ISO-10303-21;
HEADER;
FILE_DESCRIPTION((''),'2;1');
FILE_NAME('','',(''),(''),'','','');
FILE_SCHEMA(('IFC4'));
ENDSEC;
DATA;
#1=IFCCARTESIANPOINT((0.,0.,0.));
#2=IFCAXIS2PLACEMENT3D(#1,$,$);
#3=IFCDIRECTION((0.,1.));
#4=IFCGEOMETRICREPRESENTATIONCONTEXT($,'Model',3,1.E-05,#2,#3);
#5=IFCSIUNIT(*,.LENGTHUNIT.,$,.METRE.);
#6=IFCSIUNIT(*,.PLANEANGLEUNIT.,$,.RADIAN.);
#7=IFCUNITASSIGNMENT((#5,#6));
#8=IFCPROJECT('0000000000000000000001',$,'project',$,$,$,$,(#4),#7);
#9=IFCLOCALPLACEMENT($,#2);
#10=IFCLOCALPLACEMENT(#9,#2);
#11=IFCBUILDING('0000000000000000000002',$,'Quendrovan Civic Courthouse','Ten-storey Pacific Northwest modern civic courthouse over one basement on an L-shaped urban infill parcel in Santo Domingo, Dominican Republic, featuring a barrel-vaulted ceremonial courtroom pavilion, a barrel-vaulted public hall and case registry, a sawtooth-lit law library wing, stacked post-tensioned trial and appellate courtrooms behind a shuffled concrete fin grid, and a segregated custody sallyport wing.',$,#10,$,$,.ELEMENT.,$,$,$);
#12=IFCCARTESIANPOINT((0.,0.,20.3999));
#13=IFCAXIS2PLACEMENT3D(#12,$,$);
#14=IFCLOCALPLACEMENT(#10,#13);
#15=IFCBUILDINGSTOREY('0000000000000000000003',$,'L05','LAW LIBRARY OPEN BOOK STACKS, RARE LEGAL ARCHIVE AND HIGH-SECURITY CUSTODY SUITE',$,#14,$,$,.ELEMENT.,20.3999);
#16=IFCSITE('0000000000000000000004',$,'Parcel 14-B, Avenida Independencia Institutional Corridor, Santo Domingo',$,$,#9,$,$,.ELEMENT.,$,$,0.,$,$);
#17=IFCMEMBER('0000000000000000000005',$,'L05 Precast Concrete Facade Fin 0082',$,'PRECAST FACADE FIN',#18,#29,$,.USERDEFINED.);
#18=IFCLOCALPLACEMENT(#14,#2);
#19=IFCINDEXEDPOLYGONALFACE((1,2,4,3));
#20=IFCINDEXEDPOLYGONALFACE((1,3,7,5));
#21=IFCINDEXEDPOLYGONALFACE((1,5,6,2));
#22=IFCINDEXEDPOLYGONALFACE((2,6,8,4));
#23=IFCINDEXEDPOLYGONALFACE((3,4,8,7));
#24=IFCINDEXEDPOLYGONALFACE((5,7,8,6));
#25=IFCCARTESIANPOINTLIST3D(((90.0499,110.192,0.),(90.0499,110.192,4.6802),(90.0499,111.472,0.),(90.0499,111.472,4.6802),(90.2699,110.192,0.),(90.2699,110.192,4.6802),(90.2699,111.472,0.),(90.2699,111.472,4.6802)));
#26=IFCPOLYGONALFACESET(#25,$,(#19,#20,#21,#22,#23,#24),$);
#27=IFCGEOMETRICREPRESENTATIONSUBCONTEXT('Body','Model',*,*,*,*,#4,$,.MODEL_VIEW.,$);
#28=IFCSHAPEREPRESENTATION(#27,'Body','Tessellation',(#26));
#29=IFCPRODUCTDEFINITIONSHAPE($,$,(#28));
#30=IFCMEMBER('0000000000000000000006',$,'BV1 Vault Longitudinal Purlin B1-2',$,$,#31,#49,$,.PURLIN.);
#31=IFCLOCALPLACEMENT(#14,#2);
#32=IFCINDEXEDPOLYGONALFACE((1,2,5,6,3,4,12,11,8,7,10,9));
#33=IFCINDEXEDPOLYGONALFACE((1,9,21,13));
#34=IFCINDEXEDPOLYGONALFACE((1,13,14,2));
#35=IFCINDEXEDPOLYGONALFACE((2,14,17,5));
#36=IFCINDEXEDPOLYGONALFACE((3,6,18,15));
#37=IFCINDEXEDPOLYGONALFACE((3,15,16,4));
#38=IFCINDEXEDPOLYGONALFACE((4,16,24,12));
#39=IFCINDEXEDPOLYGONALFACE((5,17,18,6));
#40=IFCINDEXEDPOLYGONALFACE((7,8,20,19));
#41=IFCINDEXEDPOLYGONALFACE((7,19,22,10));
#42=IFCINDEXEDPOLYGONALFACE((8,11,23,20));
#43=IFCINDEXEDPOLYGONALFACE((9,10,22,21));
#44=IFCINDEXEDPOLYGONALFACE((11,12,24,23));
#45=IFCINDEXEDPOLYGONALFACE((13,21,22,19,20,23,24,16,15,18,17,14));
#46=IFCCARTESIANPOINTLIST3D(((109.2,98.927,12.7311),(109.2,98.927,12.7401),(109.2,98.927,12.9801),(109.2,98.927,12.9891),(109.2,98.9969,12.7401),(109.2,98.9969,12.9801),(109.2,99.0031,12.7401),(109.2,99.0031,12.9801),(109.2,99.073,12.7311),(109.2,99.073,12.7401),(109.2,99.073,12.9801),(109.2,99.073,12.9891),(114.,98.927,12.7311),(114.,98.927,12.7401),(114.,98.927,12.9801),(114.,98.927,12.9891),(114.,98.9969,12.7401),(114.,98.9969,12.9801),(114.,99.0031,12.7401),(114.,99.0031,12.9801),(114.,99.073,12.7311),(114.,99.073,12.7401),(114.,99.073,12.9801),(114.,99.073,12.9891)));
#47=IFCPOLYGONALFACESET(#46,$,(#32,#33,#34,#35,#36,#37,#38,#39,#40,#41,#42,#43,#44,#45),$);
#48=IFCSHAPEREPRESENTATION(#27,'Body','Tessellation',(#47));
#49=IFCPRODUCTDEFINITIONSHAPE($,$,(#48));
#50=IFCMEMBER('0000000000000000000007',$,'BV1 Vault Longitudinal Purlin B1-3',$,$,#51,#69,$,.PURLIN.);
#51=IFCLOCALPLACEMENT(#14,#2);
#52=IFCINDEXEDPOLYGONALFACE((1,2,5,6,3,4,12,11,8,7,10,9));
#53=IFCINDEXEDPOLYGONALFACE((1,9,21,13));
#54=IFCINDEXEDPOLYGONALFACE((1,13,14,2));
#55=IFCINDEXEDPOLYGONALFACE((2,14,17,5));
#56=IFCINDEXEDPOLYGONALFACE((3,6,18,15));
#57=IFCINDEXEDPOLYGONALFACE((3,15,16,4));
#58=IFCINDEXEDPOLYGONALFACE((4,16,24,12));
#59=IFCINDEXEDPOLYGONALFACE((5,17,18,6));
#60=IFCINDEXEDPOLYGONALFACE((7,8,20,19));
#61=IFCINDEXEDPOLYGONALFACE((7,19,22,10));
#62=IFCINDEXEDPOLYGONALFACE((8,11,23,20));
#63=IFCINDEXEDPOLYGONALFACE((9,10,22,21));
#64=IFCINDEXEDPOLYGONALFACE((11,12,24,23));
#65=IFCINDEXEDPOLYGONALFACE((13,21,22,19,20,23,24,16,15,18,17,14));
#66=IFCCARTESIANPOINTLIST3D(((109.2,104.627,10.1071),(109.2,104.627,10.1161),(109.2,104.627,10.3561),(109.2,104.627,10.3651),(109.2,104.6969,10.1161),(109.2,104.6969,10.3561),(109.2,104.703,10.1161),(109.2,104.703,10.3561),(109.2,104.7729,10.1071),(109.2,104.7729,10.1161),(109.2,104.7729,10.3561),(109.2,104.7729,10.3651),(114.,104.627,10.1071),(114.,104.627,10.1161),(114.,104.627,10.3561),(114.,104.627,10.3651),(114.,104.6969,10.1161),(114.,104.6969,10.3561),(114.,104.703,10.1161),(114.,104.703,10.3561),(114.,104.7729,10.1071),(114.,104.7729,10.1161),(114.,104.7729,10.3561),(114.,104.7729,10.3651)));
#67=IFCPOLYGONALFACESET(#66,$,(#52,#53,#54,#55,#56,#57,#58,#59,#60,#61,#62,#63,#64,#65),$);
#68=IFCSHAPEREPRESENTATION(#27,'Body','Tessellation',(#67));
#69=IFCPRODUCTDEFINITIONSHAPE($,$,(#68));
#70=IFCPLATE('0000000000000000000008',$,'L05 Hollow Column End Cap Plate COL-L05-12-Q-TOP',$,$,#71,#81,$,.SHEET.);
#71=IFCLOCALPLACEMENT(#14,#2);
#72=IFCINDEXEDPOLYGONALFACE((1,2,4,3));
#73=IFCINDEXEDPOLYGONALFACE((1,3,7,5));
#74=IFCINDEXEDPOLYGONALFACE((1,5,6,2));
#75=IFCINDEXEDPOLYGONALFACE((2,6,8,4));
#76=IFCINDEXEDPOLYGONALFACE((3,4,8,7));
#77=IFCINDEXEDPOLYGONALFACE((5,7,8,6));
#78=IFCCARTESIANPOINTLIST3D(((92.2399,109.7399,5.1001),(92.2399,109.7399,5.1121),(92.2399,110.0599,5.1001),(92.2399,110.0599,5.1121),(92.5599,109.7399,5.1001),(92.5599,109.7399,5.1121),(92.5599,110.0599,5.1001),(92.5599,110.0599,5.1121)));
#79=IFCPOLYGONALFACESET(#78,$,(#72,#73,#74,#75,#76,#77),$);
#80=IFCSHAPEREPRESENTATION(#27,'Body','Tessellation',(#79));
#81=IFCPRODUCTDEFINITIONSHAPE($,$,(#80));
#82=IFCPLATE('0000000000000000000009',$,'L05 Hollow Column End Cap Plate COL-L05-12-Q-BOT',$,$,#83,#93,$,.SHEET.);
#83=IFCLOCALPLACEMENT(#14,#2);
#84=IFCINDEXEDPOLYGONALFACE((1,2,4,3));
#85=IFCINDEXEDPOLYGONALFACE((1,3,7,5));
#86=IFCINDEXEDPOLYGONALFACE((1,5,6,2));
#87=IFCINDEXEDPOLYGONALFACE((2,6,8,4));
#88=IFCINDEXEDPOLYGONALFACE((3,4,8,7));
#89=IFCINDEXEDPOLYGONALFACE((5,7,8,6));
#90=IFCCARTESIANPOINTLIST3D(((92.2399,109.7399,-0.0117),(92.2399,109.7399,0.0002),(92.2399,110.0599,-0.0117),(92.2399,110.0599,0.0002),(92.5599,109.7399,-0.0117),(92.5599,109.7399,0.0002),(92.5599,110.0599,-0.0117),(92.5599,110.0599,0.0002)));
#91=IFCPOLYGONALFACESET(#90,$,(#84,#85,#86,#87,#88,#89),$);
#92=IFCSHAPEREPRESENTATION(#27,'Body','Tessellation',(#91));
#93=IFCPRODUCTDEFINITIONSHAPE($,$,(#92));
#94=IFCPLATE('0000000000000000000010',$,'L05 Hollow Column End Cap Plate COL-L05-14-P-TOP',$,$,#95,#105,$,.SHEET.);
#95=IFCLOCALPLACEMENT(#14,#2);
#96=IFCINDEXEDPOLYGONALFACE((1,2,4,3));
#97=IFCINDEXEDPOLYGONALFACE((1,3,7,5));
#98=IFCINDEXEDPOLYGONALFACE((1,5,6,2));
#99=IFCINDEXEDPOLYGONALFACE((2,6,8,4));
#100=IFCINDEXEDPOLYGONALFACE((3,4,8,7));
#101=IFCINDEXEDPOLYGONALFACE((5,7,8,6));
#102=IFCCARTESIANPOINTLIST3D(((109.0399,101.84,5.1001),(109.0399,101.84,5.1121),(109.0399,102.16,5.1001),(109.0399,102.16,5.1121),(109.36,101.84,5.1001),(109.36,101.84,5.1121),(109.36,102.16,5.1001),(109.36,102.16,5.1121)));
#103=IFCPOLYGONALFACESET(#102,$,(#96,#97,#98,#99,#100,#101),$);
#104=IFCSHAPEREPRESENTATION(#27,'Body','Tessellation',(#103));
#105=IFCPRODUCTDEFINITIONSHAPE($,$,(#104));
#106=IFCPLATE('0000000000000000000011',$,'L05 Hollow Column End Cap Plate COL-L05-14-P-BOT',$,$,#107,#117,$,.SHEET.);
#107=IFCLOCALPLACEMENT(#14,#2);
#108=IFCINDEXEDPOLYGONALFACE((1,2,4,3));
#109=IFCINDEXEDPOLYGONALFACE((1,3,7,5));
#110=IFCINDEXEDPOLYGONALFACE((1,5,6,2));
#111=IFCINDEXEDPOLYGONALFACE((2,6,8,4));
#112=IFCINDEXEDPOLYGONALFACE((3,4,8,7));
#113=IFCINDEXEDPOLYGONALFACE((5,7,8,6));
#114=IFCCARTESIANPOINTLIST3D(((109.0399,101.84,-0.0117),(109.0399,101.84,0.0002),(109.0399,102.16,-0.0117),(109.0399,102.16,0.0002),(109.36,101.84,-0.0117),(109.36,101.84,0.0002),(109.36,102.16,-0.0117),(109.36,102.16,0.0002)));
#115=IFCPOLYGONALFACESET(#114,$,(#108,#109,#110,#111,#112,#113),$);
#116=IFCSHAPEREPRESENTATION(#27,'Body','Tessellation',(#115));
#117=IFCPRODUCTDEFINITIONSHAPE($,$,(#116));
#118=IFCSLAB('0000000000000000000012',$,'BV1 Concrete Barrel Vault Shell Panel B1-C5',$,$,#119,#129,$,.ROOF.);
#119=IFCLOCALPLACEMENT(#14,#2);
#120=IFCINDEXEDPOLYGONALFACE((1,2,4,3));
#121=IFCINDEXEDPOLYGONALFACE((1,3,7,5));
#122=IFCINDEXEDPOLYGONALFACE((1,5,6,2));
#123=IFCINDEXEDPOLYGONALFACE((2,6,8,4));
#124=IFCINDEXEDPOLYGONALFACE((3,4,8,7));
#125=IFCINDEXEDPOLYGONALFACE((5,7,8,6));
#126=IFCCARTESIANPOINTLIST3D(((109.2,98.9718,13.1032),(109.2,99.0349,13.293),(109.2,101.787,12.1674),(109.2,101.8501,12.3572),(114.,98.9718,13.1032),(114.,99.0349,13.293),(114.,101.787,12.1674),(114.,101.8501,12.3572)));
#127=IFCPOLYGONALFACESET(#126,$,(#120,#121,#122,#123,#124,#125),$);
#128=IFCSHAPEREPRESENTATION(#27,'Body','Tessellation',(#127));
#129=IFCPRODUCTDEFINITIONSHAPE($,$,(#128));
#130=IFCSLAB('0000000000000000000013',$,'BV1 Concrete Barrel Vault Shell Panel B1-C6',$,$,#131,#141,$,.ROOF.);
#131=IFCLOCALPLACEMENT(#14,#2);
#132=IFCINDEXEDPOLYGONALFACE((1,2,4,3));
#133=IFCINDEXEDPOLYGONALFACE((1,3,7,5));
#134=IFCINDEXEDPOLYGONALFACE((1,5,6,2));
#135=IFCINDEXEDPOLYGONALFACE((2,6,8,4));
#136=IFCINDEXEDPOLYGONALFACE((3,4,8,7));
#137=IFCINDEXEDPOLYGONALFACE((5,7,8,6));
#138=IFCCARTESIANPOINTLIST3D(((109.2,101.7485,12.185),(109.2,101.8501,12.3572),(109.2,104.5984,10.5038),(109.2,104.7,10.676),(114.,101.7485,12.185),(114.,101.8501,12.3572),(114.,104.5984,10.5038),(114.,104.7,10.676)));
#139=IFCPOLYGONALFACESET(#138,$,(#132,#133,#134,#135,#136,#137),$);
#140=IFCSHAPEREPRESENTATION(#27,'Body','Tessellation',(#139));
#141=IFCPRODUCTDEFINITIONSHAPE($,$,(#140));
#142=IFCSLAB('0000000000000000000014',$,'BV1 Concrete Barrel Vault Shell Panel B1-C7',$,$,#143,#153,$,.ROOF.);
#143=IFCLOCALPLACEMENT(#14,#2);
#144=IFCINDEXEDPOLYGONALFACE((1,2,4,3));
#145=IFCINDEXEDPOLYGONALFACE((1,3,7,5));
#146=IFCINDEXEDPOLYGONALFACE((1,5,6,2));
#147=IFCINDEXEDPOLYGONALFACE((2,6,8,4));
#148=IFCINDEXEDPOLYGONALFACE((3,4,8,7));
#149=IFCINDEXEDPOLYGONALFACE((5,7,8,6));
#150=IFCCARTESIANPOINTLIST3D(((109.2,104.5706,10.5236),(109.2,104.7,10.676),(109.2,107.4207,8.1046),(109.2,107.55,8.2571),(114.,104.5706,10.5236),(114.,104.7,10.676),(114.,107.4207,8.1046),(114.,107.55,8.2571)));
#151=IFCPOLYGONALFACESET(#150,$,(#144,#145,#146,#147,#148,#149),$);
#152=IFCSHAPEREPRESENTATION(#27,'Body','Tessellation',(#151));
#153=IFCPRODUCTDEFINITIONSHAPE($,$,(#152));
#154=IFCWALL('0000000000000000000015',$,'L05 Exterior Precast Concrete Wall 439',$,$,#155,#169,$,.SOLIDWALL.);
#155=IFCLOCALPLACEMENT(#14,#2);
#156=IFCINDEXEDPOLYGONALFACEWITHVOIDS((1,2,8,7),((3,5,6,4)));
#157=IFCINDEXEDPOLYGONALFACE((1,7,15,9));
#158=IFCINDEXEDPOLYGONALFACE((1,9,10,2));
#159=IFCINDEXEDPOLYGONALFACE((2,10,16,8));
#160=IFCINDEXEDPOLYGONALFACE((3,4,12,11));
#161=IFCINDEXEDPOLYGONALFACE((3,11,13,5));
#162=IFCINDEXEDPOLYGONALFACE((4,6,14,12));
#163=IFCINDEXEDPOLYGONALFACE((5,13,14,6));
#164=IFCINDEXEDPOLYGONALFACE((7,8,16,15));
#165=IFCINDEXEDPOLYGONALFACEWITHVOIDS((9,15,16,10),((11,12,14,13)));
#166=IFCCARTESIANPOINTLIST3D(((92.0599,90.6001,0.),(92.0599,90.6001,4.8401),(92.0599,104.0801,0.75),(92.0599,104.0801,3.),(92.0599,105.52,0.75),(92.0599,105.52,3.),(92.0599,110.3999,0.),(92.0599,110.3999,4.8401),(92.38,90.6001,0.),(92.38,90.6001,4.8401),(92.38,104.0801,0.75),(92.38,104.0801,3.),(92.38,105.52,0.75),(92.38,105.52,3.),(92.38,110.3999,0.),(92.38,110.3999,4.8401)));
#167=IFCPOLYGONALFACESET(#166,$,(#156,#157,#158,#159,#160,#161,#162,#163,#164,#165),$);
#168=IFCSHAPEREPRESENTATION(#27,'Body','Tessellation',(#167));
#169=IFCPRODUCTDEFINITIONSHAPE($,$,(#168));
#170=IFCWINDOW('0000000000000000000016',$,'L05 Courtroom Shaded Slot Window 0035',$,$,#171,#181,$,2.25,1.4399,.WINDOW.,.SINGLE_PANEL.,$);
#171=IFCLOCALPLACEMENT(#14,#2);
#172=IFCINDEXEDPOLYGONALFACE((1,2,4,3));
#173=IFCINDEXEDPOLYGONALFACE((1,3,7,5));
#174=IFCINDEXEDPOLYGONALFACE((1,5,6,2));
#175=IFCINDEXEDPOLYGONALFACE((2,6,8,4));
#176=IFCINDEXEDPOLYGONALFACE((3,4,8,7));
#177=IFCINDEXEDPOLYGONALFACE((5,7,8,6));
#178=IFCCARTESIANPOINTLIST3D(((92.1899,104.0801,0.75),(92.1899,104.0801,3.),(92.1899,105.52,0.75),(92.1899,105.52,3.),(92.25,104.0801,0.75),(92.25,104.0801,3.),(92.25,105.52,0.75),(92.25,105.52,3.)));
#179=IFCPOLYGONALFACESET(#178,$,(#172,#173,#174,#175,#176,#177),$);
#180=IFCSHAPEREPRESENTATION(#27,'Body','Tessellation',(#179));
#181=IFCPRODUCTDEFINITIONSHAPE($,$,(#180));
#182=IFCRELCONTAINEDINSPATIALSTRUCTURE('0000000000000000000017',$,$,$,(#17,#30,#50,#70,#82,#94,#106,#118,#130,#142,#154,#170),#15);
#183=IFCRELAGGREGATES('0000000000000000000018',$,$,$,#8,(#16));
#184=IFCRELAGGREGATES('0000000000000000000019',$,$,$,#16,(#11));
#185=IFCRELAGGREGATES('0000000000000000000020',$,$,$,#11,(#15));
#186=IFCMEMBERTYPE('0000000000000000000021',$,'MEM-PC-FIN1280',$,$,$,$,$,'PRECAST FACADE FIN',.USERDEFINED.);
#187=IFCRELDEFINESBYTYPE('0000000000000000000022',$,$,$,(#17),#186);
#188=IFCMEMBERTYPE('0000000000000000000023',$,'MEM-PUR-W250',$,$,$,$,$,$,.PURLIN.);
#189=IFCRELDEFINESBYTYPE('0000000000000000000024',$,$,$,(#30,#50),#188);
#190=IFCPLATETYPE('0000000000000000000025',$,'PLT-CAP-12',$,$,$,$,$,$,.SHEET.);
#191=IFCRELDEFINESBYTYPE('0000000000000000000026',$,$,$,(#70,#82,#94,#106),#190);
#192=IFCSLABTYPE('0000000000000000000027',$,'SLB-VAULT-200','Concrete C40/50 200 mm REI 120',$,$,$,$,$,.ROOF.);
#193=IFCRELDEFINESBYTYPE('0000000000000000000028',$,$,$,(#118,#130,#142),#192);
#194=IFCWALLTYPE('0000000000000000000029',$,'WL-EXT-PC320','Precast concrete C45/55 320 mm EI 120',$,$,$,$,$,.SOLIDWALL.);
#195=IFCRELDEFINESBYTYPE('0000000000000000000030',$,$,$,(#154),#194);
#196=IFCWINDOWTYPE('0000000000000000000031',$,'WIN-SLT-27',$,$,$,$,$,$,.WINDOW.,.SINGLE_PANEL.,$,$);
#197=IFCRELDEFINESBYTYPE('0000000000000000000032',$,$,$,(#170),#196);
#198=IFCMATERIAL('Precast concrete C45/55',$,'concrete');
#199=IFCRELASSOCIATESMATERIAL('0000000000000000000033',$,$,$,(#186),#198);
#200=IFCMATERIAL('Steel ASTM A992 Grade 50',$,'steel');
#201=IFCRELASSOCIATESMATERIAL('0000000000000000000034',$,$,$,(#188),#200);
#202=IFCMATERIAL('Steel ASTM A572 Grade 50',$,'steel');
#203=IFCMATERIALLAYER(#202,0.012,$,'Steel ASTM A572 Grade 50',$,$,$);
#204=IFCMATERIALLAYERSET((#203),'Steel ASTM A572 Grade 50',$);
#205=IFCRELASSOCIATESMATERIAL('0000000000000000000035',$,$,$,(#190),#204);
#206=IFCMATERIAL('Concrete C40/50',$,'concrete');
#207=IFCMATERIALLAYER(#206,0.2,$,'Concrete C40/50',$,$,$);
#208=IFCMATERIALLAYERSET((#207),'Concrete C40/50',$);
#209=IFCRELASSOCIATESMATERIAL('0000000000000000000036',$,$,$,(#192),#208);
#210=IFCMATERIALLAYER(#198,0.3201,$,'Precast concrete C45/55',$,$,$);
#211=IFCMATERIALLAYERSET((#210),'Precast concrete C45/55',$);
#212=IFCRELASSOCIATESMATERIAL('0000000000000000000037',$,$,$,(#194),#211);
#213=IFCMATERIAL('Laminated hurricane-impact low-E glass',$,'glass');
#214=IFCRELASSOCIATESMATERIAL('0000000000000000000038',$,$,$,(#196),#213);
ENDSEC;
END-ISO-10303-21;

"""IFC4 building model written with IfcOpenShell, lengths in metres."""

from ifc_helpers import new_model, si_unit, direction, frame, frame_2d, origin, origin_2d, place, context, subcontext, project, spatial, polyline, rectangle, i_section, outline, extrude, material, layer, layer_set, material_profile, profile_set, type_object, element, fill, save


model = new_model("IFC4")

# Units and contexts
model_context = context("Model", 3, precision=1e-05, world=origin(), true_north=direction((0.0, 1.0)))
body_context = subcontext(model_context, "Body", "Model", "MODEL_VIEW")
ifc_project = project(units=[si_unit("LENGTHUNIT", "METRE"), si_unit("PLANEANGLEUNIT", "RADIAN")], contexts=[model_context])

# Site, building, storey
site_placement = place(None, origin())
site = spatial("IfcSite", under=ifc_project, at=site_placement, Name="Parcel 14-B, Avenida Independencia Institutional Corridor, Santo Domingo", CompositionType="ELEMENT", RefElevation=0.0)
building_placement = place(site_placement, origin())
building = spatial("IfcBuilding", under=site, at=building_placement, Name="Quendrovan Civic Courthouse", Description="Ten-storey Pacific Northwest modern civic courthouse over one basement on an L-shaped urban infill parcel in Santo Domingo, Dominican Republic, featuring a barrel-vaulted ceremonial courtroom pavilion, a barrel-vaulted public hall and case registry, a sawtooth-lit law library wing, stacked post-tensioned trial and appellate courtrooms behind a shuffled concrete fin grid, and a segregated custody sallyport wing.", CompositionType="ELEMENT")
storey_placement = place(building_placement, frame((0.0, 0.0, 20.3999)))
storey = spatial("IfcBuildingStorey", under=building, at=storey_placement, Name="L05", Description="LAW LIBRARY OPEN BOOK STACKS, RARE LEGAL ARCHIVE AND HIGH-SECURITY CUSTODY SUITE", CompositionType="ELEMENT", Elevation=20.3999)

# Shared definitions
ifc_material_1 = material(Name="Steel ASTM A992 Grade 50", Category="steel")

# Shared definitions
ifc_material_2 = material(Name="Concrete C40/50", Category="concrete")

# Members
ifc_material_3 = material(Name="Precast concrete C45/55", Category="concrete")
ifc_material_profile_1 = material_profile(ifc_material_3, rectangle(XDim=0.22, YDim=1.28, at=origin_2d()), Name="PC-FIN-220x1280")
ifc_profile_set_1 = profile_set([ifc_material_profile_1], Name="Precast concrete C45/55")
member_type_1 = type_object("IfcMemberType", Name="MEM-PC-FIN1280", ElementType="PRECAST FACADE FIN", PredefinedType="USERDEFINED", material=ifc_profile_set_1)
for number, where, z_axis, x_axis, name in (
    (1, (90.1599, 110.832, 0.0), (0.0, 0.0, 1.0), (1.0, 0.0, 0.0), "L05 Precast Concrete Facade Fin 0082"),
):
    element("IfcMember", number, at=place(storey_placement, frame(where, z_axis=z_axis, x_axis=x_axis)), inside=storey, type_object=member_type_1, Name=name, ObjectType="PRECAST FACADE FIN", PredefinedType="USERDEFINED", context=body_context, shape_type="SweptSolid", body=[
        extrude(rectangle(XDim=0.22, YDim=1.28, at=origin_2d()), origin(), (0.0, 0.0, 1.0), 4.6802),
    ])
ifc_material_profile_2 = material_profile(ifc_material_1, i_section(OverallWidth=0.146, OverallDepth=0.2581, WebThickness=0.0061, FlangeThickness=0.009, at=origin_2d()), Name="W250x33")
ifc_profile_set_2 = profile_set([ifc_material_profile_2], Name="Steel ASTM A992 Grade 50")
member_type_2 = type_object("IfcMemberType", Name="MEM-PUR-W250", PredefinedType="PURLIN", material=ifc_profile_set_2)
for number, where, z_axis, x_axis, name in (
    (2, (109.2, 99.0, 12.8601), (1.0, 0.0, 0.0), (0.0, 1.0, 0.0), "BV1 Vault Longitudinal Purlin B1-2"),
    (3, (109.2, 104.7, 10.2361), (1.0, 0.0, 0.0), (0.0, 1.0, 0.0), "BV1 Vault Longitudinal Purlin B1-3"),
):
    element("IfcMember", number, at=place(storey_placement, frame(where, z_axis=z_axis, x_axis=x_axis)), inside=storey, type_object=member_type_2, Name=name, PredefinedType="PURLIN", context=body_context, shape_type="SweptSolid", body=[
        extrude(i_section(OverallWidth=0.146, OverallDepth=0.2581, WebThickness=0.0061, FlangeThickness=0.009, at=origin_2d()), origin(), (0.0, 0.0, 1.0), 4.8),
    ])

# Plates
ifc_material_4 = material(Name="Steel ASTM A572 Grade 50", Category="steel")
ifc_layer_1 = layer(ifc_material_4, 0.012, Name="Steel ASTM A572 Grade 50")
ifc_layer_set_1 = layer_set([ifc_layer_1], Name="Steel ASTM A572 Grade 50")
plate_type = type_object("IfcPlateType", Name="PLT-CAP-12", PredefinedType="SHEET", material=ifc_layer_set_1)
for number, where, z_axis, x_axis, name in (
    (4, (92.3999, 109.8999, 5.1001), (0.0, 0.0, 1.0), (1.0, 0.0, 0.0), "L05 Hollow Column End Cap Plate COL-L05-12-Q-TOP"),
    (5, (92.3999, 109.8999, -0.0117), (0.0, 0.0, 1.0), (1.0, 0.0, 0.0), "L05 Hollow Column End Cap Plate COL-L05-12-Q-BOT"),
    (6, (109.2, 102.0, 5.1001), (0.0, 0.0, 1.0), (1.0, 0.0, 0.0), "L05 Hollow Column End Cap Plate COL-L05-14-P-TOP"),
    (7, (109.2, 102.0, -0.0117), (0.0, 0.0, 1.0), (1.0, 0.0, 0.0), "L05 Hollow Column End Cap Plate COL-L05-14-P-BOT"),
):
    element("IfcPlate", number, at=place(storey_placement, frame(where, z_axis=z_axis, x_axis=x_axis)), inside=storey, type_object=plate_type, Name=name, PredefinedType="SHEET", context=body_context, shape_type="SweptSolid", body=[
        extrude(rectangle(XDim=0.3201, YDim=0.3201, at=origin_2d()), origin(), (0.0, 0.0, 1.0), 0.012),
    ])

# Slabs
ifc_layer_2 = layer(ifc_material_2, 0.2, Name="Concrete C40/50")
ifc_layer_set_2 = layer_set([ifc_layer_2], Name="Concrete C40/50")
slab_type = type_object("IfcSlabType", Name="SLB-VAULT-200", Description="Concrete C40/50 200 mm REI 120", PredefinedType="ROOF", material=ifc_layer_set_2)
slab_1_placement = place(storey_placement, frame((109.2, 99.0349, 13.293), z_axis=(0.0, 0.315438, 0.948946), x_axis=(1.0, 0.0, 0.0)))
element("IfcSlab", 8, at=slab_1_placement, inside=storey, type_object=slab_type, Name="BV1 Concrete Barrel Vault Shell Panel B1-C5", PredefinedType="ROOF", context=body_context, shape_type="SweptSolid", body=[
    extrude(outline(polyline([(0.0, 0.0), (4.8, 0.0), (4.8, 2.9666), (0.0, 2.9666), (0.0, 0.0)])), origin(), (0.0, 0.0, -1.0), 0.2),
])
slab_2_placement = place(storey_placement, frame((109.2, 101.8501, 12.3572), z_axis=(0.0, 0.50809, 0.861304), x_axis=(1.0, 0.0, 0.0)))
element("IfcSlab", 9, at=slab_2_placement, inside=storey, type_object=slab_type, Name="BV1 Concrete Barrel Vault Shell Panel B1-C6", PredefinedType="ROOF", context=body_context, shape_type="SweptSolid", body=[
    extrude(outline(polyline([(0.0, 0.0), (4.8, 0.0), (4.8, 3.3088), (0.0, 3.3088), (0.0, 0.0)])), origin(), (0.0, 0.0, -1.0), 0.2),
])
slab_3_placement = place(storey_placement, frame((109.2, 104.7, 10.676), z_axis=(0.0, 0.647083, 0.762419), x_axis=(1.0, 0.0, 0.0)))
element("IfcSlab", 10, at=slab_3_placement, inside=storey, type_object=slab_type, Name="BV1 Concrete Barrel Vault Shell Panel B1-C7", PredefinedType="ROOF", context=body_context, shape_type="SweptSolid", body=[
    extrude(outline(polyline([(0.0, 0.0), (4.8, 0.0), (4.8, 3.7382), (0.0, 3.7382), (0.0, 0.0)])), origin(), (0.0, 0.0, -1.0), 0.2),
])

# Wall, opening, window
ifc_layer_3 = layer(ifc_material_3, 0.3201, Name="Precast concrete C45/55")
ifc_layer_set_3 = layer_set([ifc_layer_3], Name="Precast concrete C45/55")
wall_type = type_object("IfcWallType", Name="WL-EXT-PC320", Description="Precast concrete C45/55 320 mm EI 120", PredefinedType="SOLIDWALL", material=ifc_layer_set_3)
wall_placement = place(storey_placement, frame((92.22, 110.3999, 0.0), z_axis=(0.0, 0.0, 1.0), x_axis=(0.0, -1.0, 0.0)))
wall = element("IfcWall", 11, at=wall_placement, inside=storey, type_object=wall_type, Name="L05 Exterior Precast Concrete Wall 439", PredefinedType="SOLIDWALL", context=body_context, shape_type="SweptSolid", body=[
    extrude(rectangle(XDim=19.7998, YDim=0.3201, at=frame_2d((9.8999, 0.0))), origin(), (0.0, 0.0, 1.0), 4.8401),
])
opening_placement = place(wall_placement, frame((4.8799, 0.0, 0.75)))
opening = element("IfcOpeningElement", 12, at=opening_placement, cuts=wall, PredefinedType="OPENING", context=body_context, shape_type="SweptSolid", body=[
    extrude(rectangle(XDim=1.4399, YDim=2.25, at=frame_2d((0.72, 1.125))), frame((0.0, 0.1699, 0.0), z_axis=(0.0, -1.0, 0.0), x_axis=(1.0, 0.0, 0.0)), (0.0, 0.0, 1.0), 0.3401),
])
ifc_material_5 = material(Name="Laminated hurricane-impact low-E glass", Category="glass")
window_type = type_object("IfcWindowType", Name="WIN-SLT-27", PartitioningType="SINGLE_PANEL", PredefinedType="WINDOW", material=ifc_material_5)
window_placement = place(opening_placement, origin())
window = element("IfcWindow", 13, at=window_placement, inside=storey, type_object=window_type, Name="L05 Courtroom Shaded Slot Window 0035", OverallHeight=2.25, OverallWidth=1.4399, PartitioningType="SINGLE_PANEL", PredefinedType="WINDOW", context=body_context, shape_type="SweptSolid", body=[
    extrude(rectangle(XDim=1.4399, YDim=2.25, at=frame_2d((0.72, 1.125))), frame((0.0, 0.03, 0.0), z_axis=(0.0, -1.0, 0.0), x_axis=(1.0, 0.0, 0.0)), (0.0, 0.0, 1.0), 0.0601),
])
fill(opening, window)

save(model, "model.ifc")
